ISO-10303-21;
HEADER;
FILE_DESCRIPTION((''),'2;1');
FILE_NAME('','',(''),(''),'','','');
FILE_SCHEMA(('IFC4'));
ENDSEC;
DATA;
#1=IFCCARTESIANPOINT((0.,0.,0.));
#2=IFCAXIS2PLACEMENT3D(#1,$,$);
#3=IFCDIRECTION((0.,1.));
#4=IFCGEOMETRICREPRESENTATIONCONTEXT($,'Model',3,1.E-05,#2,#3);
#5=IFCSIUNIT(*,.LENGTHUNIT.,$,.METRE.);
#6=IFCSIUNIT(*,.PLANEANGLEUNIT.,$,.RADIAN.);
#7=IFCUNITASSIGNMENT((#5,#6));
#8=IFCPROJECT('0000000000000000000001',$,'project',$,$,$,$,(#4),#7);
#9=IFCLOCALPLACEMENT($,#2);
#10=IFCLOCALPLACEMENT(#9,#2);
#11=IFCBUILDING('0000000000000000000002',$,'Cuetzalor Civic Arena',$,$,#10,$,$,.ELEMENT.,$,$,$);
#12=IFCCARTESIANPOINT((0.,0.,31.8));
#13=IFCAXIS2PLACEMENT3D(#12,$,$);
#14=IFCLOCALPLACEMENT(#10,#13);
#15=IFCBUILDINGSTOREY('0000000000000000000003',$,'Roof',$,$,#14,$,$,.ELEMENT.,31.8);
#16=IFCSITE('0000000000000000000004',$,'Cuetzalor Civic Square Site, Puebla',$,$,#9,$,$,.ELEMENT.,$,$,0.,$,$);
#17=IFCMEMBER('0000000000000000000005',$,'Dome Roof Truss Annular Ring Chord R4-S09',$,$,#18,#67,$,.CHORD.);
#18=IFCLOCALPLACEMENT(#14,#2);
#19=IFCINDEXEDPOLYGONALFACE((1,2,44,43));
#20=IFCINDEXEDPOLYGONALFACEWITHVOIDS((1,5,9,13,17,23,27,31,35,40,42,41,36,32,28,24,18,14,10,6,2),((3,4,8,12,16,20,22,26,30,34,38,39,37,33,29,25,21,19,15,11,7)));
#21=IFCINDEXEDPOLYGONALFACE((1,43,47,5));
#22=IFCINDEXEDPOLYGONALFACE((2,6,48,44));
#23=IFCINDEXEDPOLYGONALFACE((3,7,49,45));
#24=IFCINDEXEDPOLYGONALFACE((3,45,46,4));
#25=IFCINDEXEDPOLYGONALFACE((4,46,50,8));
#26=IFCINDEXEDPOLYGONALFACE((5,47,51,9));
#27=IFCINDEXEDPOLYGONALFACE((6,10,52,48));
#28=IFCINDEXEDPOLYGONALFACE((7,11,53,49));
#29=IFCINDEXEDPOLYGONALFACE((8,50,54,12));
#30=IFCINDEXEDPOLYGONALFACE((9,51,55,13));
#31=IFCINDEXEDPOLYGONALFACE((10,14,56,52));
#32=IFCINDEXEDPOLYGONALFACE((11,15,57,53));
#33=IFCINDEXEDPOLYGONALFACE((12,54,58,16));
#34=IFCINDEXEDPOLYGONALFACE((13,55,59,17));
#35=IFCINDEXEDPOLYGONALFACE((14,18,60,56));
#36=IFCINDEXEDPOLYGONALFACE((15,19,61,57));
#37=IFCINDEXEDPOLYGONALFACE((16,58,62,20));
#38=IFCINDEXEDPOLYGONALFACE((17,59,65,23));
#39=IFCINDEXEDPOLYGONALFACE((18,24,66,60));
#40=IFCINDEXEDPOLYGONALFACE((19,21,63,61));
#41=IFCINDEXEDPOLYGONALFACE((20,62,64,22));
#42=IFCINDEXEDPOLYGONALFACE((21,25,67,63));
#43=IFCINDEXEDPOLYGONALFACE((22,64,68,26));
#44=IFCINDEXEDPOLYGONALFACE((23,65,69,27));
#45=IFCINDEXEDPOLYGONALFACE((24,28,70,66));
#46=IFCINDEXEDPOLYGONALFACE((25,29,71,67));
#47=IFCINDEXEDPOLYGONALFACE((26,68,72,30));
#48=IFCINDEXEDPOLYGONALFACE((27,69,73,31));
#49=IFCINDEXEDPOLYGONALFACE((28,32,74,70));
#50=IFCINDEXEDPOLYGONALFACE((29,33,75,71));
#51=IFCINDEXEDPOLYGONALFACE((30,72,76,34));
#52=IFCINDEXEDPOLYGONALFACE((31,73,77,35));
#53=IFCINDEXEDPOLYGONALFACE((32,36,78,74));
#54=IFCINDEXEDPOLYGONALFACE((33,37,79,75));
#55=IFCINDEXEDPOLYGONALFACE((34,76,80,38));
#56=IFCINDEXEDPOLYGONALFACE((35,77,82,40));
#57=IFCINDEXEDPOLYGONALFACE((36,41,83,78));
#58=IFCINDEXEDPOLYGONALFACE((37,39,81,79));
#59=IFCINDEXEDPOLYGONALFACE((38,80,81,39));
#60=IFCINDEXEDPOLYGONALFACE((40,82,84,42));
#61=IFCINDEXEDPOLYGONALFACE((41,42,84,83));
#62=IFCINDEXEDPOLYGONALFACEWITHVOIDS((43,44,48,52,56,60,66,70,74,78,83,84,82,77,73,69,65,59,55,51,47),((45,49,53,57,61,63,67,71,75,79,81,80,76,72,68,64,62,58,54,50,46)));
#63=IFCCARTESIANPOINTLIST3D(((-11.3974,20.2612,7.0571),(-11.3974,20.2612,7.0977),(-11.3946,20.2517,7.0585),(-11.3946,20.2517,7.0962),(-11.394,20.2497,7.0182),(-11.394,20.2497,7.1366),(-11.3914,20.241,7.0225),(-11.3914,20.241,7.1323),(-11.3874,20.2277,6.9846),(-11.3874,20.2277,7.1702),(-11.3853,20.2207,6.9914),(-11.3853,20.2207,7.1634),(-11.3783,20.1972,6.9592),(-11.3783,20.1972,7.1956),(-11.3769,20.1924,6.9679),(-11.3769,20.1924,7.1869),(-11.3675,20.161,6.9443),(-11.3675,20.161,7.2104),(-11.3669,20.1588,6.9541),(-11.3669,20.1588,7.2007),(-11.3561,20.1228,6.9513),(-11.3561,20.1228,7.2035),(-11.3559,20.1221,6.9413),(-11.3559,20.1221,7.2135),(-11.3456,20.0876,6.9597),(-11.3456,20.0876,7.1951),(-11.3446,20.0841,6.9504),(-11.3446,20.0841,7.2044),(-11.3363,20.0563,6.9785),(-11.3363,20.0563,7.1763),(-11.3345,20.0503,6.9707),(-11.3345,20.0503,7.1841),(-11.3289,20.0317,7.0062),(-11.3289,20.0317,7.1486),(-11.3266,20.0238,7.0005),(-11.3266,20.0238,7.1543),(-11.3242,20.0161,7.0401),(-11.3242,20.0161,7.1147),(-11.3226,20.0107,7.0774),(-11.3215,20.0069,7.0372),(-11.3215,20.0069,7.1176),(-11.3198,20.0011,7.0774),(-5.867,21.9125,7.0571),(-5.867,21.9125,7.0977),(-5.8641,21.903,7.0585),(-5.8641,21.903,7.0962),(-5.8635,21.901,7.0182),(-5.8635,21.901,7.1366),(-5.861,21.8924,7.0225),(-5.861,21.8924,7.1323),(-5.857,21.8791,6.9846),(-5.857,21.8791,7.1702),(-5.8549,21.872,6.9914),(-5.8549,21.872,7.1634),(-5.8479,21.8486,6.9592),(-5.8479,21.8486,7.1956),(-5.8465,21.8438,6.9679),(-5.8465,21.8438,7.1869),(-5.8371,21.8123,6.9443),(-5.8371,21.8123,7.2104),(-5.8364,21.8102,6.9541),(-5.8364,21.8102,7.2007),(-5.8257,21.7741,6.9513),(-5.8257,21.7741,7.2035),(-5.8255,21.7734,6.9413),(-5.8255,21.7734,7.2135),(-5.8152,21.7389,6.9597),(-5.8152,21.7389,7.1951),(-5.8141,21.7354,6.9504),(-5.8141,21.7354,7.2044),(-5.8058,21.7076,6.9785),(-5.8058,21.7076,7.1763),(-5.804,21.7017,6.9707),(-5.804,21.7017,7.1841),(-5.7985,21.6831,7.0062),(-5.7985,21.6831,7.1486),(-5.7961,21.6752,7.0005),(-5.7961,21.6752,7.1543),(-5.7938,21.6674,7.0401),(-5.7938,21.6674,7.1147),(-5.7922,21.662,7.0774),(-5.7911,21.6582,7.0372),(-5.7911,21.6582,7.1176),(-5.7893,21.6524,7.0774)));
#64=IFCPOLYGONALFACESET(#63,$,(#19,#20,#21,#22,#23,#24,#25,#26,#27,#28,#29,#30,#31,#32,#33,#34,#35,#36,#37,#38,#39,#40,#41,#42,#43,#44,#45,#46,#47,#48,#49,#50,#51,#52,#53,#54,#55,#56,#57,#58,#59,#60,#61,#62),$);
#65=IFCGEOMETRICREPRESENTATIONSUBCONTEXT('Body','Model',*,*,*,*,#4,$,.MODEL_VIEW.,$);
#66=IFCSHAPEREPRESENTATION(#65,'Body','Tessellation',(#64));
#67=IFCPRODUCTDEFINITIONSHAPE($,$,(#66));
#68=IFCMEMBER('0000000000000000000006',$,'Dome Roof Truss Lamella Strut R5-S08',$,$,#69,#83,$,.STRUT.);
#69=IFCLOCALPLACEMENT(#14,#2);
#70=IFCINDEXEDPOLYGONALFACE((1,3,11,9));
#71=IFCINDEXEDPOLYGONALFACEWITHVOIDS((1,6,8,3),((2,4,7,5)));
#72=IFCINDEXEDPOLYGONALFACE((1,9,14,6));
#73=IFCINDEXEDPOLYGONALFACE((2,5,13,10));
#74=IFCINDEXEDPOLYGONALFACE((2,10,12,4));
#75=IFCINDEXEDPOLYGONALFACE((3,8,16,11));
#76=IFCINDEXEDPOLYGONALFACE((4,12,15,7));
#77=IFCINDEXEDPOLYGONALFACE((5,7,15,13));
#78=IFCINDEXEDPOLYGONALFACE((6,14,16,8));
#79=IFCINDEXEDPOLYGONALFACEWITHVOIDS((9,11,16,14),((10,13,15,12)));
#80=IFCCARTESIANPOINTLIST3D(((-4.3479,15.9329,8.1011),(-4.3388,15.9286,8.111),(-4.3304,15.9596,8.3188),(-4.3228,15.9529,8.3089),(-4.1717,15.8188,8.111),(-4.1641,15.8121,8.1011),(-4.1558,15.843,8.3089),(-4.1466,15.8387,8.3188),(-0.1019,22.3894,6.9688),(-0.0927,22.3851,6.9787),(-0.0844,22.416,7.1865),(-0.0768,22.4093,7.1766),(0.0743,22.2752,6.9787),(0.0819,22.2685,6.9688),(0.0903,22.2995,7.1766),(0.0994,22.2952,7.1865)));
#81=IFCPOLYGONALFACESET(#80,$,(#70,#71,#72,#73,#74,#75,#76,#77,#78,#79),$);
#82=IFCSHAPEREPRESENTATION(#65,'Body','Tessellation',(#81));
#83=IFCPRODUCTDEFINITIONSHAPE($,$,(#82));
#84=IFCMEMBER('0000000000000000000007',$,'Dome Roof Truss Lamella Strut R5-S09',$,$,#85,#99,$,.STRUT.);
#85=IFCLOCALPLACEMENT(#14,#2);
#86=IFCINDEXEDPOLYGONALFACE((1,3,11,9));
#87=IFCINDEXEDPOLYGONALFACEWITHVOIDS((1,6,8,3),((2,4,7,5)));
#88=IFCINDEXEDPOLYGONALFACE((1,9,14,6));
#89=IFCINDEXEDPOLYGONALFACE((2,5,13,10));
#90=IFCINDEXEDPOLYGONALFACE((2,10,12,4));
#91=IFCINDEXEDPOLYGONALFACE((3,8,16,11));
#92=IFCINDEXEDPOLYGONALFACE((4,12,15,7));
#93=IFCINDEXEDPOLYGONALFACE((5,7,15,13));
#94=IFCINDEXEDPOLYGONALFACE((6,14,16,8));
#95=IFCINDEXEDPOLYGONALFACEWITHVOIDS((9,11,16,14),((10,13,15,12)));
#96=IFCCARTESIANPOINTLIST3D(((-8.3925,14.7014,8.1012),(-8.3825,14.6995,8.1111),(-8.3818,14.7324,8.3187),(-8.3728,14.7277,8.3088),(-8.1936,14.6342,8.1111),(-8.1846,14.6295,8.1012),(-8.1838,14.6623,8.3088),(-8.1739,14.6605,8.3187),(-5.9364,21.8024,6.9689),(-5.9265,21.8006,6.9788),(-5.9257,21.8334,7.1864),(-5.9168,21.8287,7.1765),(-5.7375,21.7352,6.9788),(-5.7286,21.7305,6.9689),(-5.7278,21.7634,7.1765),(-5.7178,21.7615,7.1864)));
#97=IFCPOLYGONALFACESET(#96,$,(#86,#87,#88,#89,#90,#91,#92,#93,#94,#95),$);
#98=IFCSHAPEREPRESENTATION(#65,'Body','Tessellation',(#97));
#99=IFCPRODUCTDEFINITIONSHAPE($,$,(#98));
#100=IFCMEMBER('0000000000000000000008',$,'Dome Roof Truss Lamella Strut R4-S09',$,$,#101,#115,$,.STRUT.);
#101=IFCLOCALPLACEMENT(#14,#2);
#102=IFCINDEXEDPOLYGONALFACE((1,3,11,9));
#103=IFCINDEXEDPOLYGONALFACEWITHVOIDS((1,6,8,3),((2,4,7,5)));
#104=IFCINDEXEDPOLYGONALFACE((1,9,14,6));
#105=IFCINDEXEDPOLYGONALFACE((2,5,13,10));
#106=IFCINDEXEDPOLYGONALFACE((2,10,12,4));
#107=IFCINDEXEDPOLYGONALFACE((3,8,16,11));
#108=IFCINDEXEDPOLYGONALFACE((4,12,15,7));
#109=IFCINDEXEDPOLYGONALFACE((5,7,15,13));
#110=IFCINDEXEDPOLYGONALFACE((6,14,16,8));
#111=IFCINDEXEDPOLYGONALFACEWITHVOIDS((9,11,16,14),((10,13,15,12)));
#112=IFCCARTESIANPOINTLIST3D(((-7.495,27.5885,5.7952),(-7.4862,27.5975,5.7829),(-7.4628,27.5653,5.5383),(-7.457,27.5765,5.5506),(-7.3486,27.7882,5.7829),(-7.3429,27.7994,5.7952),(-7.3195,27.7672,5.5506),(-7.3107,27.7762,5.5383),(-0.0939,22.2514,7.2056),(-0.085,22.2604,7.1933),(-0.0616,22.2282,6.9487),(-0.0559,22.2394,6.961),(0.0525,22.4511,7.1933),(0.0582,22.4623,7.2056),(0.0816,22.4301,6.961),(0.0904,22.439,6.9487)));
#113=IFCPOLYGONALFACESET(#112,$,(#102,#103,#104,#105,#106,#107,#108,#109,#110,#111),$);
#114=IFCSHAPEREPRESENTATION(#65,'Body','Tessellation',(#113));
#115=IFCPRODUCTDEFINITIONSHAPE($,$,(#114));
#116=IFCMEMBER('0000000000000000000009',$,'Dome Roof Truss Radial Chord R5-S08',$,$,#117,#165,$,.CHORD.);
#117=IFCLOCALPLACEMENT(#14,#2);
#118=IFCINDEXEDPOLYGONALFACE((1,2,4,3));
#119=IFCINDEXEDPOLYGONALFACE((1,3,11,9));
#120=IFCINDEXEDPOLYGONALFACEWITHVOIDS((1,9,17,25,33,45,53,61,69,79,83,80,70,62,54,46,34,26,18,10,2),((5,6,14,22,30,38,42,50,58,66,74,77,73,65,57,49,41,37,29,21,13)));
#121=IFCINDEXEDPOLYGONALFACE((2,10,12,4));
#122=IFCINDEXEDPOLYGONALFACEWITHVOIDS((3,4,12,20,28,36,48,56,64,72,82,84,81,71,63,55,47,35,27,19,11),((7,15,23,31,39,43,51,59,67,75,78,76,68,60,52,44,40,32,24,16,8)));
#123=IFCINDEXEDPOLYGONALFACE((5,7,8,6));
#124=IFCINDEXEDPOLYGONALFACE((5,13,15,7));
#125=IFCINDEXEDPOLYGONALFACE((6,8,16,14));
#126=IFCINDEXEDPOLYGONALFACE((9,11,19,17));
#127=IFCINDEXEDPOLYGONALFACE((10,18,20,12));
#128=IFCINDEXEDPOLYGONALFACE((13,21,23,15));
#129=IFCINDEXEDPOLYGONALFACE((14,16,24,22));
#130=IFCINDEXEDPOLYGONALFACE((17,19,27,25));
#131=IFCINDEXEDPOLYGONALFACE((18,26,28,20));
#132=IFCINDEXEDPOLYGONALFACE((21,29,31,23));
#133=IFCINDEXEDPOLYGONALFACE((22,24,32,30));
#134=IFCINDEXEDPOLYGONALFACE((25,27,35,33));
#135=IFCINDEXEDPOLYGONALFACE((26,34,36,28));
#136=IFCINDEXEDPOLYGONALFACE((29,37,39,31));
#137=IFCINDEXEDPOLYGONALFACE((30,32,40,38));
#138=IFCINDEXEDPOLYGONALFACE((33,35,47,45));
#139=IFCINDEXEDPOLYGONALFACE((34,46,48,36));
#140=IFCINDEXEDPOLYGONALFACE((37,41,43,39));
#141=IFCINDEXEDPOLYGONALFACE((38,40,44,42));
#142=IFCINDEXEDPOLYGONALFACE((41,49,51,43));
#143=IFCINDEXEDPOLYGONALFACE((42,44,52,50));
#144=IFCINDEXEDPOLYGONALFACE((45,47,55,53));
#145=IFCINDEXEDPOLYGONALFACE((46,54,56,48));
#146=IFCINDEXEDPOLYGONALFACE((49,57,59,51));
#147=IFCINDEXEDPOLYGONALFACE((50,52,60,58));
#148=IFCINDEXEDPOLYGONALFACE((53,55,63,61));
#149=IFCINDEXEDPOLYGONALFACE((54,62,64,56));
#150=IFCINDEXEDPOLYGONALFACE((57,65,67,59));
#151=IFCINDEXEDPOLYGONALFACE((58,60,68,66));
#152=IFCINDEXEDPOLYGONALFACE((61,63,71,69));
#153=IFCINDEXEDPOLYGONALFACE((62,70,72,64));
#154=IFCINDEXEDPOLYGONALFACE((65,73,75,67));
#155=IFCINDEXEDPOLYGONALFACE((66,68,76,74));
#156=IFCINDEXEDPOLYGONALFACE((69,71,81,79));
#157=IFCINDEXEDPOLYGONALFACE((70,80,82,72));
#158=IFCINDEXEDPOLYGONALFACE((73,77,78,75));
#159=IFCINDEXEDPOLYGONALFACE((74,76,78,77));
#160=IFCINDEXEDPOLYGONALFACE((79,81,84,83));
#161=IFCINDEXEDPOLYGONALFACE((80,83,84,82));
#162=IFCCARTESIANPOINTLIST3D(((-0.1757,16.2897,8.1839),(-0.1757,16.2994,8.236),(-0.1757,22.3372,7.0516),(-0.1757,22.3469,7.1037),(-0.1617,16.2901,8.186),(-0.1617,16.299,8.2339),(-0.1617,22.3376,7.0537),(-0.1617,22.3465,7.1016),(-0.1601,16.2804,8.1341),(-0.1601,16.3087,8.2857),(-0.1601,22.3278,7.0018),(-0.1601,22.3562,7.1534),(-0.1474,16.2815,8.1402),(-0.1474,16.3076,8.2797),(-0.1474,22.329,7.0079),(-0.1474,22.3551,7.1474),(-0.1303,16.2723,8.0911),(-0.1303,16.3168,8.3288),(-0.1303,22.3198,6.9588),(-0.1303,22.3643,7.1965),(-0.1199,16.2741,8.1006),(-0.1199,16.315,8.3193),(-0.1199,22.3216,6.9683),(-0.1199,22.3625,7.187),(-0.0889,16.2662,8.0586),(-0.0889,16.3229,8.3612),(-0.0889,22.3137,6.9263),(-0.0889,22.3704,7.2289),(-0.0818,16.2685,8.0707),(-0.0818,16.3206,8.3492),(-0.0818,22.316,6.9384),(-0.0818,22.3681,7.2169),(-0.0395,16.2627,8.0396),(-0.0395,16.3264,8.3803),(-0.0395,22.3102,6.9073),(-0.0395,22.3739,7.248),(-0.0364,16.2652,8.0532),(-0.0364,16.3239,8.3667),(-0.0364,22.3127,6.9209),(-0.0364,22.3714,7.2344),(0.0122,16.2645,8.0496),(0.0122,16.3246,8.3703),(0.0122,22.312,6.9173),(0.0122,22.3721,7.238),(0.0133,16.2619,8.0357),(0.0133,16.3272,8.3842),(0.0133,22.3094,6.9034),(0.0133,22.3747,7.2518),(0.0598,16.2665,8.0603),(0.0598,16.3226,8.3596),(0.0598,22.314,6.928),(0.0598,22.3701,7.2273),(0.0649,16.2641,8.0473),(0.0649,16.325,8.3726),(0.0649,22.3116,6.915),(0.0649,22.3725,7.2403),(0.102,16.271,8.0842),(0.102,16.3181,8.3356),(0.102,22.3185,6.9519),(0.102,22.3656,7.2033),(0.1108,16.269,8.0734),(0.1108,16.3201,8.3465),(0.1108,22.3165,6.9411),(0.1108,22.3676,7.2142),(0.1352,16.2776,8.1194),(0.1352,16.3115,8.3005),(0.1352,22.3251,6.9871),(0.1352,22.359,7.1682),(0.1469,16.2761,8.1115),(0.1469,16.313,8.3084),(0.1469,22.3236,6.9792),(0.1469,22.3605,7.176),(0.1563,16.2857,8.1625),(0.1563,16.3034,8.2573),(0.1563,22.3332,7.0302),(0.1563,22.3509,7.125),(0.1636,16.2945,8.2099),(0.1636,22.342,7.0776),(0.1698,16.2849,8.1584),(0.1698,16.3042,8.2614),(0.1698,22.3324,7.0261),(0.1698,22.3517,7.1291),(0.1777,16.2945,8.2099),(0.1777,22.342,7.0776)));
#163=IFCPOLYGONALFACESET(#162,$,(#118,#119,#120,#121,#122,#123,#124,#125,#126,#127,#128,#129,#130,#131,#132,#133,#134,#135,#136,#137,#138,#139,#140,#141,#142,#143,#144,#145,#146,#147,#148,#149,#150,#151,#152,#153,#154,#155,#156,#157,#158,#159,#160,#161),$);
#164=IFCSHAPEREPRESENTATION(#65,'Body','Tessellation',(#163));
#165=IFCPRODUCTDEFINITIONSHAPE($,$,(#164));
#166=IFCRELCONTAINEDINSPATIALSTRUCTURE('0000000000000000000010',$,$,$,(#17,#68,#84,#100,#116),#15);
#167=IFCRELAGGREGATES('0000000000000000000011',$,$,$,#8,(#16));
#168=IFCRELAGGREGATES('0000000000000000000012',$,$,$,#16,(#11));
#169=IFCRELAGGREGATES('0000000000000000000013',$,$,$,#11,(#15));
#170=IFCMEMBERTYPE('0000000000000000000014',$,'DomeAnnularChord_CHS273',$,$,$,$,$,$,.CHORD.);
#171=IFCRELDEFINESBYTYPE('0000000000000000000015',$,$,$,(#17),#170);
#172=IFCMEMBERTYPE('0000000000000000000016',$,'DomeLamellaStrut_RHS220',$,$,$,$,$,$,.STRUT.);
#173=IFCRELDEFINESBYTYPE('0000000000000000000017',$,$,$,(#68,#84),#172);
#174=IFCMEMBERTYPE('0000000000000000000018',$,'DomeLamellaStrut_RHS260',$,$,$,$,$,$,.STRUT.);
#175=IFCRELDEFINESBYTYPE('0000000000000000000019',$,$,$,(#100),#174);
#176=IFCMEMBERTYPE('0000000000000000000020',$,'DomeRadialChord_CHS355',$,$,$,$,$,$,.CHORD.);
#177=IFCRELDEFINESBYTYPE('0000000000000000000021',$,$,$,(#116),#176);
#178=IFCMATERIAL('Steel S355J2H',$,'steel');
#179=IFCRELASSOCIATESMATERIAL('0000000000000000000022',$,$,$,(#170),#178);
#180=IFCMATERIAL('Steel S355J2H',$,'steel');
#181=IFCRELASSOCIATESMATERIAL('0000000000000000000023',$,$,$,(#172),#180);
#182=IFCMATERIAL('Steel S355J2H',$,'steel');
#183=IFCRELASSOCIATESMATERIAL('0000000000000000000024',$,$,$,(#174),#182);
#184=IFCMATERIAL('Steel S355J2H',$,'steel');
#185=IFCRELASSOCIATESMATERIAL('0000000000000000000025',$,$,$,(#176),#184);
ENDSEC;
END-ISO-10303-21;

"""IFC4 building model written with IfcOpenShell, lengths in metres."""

from ifc_helpers import new_model, si_unit, direction, frame, origin, origin_2d, place, context, subcontext, project, spatial, hollow_rectangle, hollow_circle, extrude, material, material_profile, profile_set, type_object, element, save


model = new_model("IFC4")

# Units and contexts
model_context = context("Model", 3, precision=1e-05, world=origin(), true_north=direction((0.0, 1.0)))
body_context = subcontext(model_context, "Body", "Model", "MODEL_VIEW")
ifc_project = project(units=[si_unit("LENGTHUNIT", "METRE"), si_unit("PLANEANGLEUNIT", "RADIAN")], contexts=[model_context])

# Site, building, storey
site_placement = place(None, origin())
site = spatial("IfcSite", under=ifc_project, at=site_placement, Name="Cuetzalor Civic Square Site, Puebla", CompositionType="ELEMENT", RefElevation=0.0)
building_placement = place(site_placement, origin())
building = spatial("IfcBuilding", under=site, at=building_placement, Name="Cuetzalor Civic Arena", CompositionType="ELEMENT")
storey_placement = place(building_placement, frame((0.0, 0.0, 31.8)))
storey = spatial("IfcBuildingStorey", under=building, at=storey_placement, Name="Roof", CompositionType="ELEMENT", Elevation=31.8)

# Members
ifc_material_1 = material(Name="Steel S355J2H", Category="steel")
ifc_material_profile_1 = material_profile(ifc_material_1, hollow_circle(Radius=0.1365, WallThickness=0.01, at=origin_2d()), Name="CHS 273x10")
ifc_profile_set_1 = profile_set([ifc_material_profile_1], Name="Steel S355J2H")
member_type_1 = type_object("IfcMemberType", Name="DomeAnnularChord_CHS273", PredefinedType="CHORD", material=ifc_profile_set_1)
member_1_placement = place(storey_placement, frame((-5.8284, 21.7832, 7.0774), z_axis=(-0.958197, -0.28611, 0.0), x_axis=(0.28611, -0.958197, 0.0)))
element("IfcMember", 1, at=member_1_placement, inside=storey, type_object=member_type_1, Name="Dome Roof Truss Annular Ring Chord R4-S09", PredefinedType="CHORD", context=body_context, shape_type="SweptSolid", body=[
    extrude(hollow_circle(Radius=0.1365, WallThickness=0.01, at=origin_2d()), origin(), (0.0, 0.0, 1.0), 5.7717),
])
ifc_material_2 = material(Name="Steel S355J2H", Category="steel")
ifc_material_profile_2 = material_profile(ifc_material_2, hollow_rectangle(XDim=0.22, YDim=0.22, WallThickness=0.01, at=origin_2d()), Name="RHS 220x220x10")
ifc_profile_set_2 = profile_set([ifc_material_profile_2], Name="Steel S355J2H")
member_type_2 = type_object("IfcMemberType", Name="DomeLamellaStrut_RHS220", PredefinedType="STRUT", material=ifc_profile_set_2)
member_2_placement = place(storey_placement, frame((-0.0012, 22.3423, 7.0776), z_axis=(-0.543664, -0.826686, 0.144981), x_axis=(0.835514, -0.549469, 0.0)))
element("IfcMember", 2, at=member_2_placement, inside=storey, type_object=member_type_2, Name="Dome Roof Truss Lamella Strut R5-S08", PredefinedType="STRUT", context=body_context, shape_type="SweptSolid", body=[
    extrude(hollow_rectangle(XDim=0.22, YDim=0.22, WallThickness=0.01, at=origin_2d()), origin(), (0.0, 0.0, 1.0), 7.8101),
])
member_3_placement = place(storey_placement, frame((-5.8271, 21.782, 7.0776), z_axis=(-0.323222, -0.934517, 0.149016), x_axis=(0.945069, -0.326872, 0.0)))
element("IfcMember", 3, at=member_3_placement, inside=storey, type_object=member_type_2, Name="Dome Roof Truss Lamella Strut R5-S09", PredefinedType="STRUT", context=body_context, shape_type="SweptSolid", body=[
    extrude(hollow_rectangle(XDim=0.22, YDim=0.22, WallThickness=0.01, at=origin_2d()), origin(), (0.0, 0.0, 1.0), 7.5986),
])
ifc_material_3 = material(Name="Steel S355J2H", Category="steel")
ifc_material_profile_3 = material_profile(ifc_material_3, hollow_rectangle(XDim=0.26, YDim=0.26, WallThickness=0.0125, at=origin_2d()), Name="RHS 260x260x12.5")
ifc_profile_set_3 = profile_set([ifc_material_profile_3], Name="Steel S355J2H")
member_type_3 = type_object("IfcMemberType", Name="DomeLamellaStrut_RHS260", PredefinedType="STRUT", material=ifc_profile_set_3)
member_4_placement = place(storey_placement, frame((-7.4028, 27.6824, 5.6667), z_axis=(0.801581, -0.578043, 0.152754), x_axis=(0.584907, 0.8111, 0.0)))
element("IfcMember", 4, at=member_4_placement, inside=storey, type_object=member_type_3, Name="Dome Roof Truss Lamella Strut R4-S09", PredefinedType="STRUT", context=body_context, shape_type="SweptSolid", body=[
    extrude(hollow_rectangle(XDim=0.26, YDim=0.26, WallThickness=0.0125, at=origin_2d()), origin(), (0.0, 0.0, 1.0), 9.2332),
])
ifc_material_4 = material(Name="Steel S355J2H", Category="steel")
ifc_material_profile_4 = material_profile(ifc_material_4, hollow_circle(Radius=0.1777, WallThickness=0.0142, at=origin_2d()), Name="CHS 355.6x14.2")
ifc_profile_set_4 = profile_set([ifc_material_profile_4], Name="Steel S355J2H")
member_type_4 = type_object("IfcMemberType", Name="DomeRadialChord_CHS355", PredefinedType="CHORD", material=ifc_profile_set_4)
member_5_placement = place(storey_placement, frame((0.0, 22.342, 7.0776), z_axis=(0.0, -0.982919, 0.184037), x_axis=(1.0, 0.0, 0.0)))
element("IfcMember", 5, at=member_5_placement, inside=storey, type_object=member_type_4, Name="Dome Roof Truss Radial Chord R5-S08", PredefinedType="CHORD", context=body_context, shape_type="SweptSolid", body=[
    extrude(hollow_circle(Radius=0.1777, WallThickness=0.0142, at=origin_2d()), origin(), (0.0, 0.0, 1.0), 6.1526),
])

save(model, "model.ifc")
